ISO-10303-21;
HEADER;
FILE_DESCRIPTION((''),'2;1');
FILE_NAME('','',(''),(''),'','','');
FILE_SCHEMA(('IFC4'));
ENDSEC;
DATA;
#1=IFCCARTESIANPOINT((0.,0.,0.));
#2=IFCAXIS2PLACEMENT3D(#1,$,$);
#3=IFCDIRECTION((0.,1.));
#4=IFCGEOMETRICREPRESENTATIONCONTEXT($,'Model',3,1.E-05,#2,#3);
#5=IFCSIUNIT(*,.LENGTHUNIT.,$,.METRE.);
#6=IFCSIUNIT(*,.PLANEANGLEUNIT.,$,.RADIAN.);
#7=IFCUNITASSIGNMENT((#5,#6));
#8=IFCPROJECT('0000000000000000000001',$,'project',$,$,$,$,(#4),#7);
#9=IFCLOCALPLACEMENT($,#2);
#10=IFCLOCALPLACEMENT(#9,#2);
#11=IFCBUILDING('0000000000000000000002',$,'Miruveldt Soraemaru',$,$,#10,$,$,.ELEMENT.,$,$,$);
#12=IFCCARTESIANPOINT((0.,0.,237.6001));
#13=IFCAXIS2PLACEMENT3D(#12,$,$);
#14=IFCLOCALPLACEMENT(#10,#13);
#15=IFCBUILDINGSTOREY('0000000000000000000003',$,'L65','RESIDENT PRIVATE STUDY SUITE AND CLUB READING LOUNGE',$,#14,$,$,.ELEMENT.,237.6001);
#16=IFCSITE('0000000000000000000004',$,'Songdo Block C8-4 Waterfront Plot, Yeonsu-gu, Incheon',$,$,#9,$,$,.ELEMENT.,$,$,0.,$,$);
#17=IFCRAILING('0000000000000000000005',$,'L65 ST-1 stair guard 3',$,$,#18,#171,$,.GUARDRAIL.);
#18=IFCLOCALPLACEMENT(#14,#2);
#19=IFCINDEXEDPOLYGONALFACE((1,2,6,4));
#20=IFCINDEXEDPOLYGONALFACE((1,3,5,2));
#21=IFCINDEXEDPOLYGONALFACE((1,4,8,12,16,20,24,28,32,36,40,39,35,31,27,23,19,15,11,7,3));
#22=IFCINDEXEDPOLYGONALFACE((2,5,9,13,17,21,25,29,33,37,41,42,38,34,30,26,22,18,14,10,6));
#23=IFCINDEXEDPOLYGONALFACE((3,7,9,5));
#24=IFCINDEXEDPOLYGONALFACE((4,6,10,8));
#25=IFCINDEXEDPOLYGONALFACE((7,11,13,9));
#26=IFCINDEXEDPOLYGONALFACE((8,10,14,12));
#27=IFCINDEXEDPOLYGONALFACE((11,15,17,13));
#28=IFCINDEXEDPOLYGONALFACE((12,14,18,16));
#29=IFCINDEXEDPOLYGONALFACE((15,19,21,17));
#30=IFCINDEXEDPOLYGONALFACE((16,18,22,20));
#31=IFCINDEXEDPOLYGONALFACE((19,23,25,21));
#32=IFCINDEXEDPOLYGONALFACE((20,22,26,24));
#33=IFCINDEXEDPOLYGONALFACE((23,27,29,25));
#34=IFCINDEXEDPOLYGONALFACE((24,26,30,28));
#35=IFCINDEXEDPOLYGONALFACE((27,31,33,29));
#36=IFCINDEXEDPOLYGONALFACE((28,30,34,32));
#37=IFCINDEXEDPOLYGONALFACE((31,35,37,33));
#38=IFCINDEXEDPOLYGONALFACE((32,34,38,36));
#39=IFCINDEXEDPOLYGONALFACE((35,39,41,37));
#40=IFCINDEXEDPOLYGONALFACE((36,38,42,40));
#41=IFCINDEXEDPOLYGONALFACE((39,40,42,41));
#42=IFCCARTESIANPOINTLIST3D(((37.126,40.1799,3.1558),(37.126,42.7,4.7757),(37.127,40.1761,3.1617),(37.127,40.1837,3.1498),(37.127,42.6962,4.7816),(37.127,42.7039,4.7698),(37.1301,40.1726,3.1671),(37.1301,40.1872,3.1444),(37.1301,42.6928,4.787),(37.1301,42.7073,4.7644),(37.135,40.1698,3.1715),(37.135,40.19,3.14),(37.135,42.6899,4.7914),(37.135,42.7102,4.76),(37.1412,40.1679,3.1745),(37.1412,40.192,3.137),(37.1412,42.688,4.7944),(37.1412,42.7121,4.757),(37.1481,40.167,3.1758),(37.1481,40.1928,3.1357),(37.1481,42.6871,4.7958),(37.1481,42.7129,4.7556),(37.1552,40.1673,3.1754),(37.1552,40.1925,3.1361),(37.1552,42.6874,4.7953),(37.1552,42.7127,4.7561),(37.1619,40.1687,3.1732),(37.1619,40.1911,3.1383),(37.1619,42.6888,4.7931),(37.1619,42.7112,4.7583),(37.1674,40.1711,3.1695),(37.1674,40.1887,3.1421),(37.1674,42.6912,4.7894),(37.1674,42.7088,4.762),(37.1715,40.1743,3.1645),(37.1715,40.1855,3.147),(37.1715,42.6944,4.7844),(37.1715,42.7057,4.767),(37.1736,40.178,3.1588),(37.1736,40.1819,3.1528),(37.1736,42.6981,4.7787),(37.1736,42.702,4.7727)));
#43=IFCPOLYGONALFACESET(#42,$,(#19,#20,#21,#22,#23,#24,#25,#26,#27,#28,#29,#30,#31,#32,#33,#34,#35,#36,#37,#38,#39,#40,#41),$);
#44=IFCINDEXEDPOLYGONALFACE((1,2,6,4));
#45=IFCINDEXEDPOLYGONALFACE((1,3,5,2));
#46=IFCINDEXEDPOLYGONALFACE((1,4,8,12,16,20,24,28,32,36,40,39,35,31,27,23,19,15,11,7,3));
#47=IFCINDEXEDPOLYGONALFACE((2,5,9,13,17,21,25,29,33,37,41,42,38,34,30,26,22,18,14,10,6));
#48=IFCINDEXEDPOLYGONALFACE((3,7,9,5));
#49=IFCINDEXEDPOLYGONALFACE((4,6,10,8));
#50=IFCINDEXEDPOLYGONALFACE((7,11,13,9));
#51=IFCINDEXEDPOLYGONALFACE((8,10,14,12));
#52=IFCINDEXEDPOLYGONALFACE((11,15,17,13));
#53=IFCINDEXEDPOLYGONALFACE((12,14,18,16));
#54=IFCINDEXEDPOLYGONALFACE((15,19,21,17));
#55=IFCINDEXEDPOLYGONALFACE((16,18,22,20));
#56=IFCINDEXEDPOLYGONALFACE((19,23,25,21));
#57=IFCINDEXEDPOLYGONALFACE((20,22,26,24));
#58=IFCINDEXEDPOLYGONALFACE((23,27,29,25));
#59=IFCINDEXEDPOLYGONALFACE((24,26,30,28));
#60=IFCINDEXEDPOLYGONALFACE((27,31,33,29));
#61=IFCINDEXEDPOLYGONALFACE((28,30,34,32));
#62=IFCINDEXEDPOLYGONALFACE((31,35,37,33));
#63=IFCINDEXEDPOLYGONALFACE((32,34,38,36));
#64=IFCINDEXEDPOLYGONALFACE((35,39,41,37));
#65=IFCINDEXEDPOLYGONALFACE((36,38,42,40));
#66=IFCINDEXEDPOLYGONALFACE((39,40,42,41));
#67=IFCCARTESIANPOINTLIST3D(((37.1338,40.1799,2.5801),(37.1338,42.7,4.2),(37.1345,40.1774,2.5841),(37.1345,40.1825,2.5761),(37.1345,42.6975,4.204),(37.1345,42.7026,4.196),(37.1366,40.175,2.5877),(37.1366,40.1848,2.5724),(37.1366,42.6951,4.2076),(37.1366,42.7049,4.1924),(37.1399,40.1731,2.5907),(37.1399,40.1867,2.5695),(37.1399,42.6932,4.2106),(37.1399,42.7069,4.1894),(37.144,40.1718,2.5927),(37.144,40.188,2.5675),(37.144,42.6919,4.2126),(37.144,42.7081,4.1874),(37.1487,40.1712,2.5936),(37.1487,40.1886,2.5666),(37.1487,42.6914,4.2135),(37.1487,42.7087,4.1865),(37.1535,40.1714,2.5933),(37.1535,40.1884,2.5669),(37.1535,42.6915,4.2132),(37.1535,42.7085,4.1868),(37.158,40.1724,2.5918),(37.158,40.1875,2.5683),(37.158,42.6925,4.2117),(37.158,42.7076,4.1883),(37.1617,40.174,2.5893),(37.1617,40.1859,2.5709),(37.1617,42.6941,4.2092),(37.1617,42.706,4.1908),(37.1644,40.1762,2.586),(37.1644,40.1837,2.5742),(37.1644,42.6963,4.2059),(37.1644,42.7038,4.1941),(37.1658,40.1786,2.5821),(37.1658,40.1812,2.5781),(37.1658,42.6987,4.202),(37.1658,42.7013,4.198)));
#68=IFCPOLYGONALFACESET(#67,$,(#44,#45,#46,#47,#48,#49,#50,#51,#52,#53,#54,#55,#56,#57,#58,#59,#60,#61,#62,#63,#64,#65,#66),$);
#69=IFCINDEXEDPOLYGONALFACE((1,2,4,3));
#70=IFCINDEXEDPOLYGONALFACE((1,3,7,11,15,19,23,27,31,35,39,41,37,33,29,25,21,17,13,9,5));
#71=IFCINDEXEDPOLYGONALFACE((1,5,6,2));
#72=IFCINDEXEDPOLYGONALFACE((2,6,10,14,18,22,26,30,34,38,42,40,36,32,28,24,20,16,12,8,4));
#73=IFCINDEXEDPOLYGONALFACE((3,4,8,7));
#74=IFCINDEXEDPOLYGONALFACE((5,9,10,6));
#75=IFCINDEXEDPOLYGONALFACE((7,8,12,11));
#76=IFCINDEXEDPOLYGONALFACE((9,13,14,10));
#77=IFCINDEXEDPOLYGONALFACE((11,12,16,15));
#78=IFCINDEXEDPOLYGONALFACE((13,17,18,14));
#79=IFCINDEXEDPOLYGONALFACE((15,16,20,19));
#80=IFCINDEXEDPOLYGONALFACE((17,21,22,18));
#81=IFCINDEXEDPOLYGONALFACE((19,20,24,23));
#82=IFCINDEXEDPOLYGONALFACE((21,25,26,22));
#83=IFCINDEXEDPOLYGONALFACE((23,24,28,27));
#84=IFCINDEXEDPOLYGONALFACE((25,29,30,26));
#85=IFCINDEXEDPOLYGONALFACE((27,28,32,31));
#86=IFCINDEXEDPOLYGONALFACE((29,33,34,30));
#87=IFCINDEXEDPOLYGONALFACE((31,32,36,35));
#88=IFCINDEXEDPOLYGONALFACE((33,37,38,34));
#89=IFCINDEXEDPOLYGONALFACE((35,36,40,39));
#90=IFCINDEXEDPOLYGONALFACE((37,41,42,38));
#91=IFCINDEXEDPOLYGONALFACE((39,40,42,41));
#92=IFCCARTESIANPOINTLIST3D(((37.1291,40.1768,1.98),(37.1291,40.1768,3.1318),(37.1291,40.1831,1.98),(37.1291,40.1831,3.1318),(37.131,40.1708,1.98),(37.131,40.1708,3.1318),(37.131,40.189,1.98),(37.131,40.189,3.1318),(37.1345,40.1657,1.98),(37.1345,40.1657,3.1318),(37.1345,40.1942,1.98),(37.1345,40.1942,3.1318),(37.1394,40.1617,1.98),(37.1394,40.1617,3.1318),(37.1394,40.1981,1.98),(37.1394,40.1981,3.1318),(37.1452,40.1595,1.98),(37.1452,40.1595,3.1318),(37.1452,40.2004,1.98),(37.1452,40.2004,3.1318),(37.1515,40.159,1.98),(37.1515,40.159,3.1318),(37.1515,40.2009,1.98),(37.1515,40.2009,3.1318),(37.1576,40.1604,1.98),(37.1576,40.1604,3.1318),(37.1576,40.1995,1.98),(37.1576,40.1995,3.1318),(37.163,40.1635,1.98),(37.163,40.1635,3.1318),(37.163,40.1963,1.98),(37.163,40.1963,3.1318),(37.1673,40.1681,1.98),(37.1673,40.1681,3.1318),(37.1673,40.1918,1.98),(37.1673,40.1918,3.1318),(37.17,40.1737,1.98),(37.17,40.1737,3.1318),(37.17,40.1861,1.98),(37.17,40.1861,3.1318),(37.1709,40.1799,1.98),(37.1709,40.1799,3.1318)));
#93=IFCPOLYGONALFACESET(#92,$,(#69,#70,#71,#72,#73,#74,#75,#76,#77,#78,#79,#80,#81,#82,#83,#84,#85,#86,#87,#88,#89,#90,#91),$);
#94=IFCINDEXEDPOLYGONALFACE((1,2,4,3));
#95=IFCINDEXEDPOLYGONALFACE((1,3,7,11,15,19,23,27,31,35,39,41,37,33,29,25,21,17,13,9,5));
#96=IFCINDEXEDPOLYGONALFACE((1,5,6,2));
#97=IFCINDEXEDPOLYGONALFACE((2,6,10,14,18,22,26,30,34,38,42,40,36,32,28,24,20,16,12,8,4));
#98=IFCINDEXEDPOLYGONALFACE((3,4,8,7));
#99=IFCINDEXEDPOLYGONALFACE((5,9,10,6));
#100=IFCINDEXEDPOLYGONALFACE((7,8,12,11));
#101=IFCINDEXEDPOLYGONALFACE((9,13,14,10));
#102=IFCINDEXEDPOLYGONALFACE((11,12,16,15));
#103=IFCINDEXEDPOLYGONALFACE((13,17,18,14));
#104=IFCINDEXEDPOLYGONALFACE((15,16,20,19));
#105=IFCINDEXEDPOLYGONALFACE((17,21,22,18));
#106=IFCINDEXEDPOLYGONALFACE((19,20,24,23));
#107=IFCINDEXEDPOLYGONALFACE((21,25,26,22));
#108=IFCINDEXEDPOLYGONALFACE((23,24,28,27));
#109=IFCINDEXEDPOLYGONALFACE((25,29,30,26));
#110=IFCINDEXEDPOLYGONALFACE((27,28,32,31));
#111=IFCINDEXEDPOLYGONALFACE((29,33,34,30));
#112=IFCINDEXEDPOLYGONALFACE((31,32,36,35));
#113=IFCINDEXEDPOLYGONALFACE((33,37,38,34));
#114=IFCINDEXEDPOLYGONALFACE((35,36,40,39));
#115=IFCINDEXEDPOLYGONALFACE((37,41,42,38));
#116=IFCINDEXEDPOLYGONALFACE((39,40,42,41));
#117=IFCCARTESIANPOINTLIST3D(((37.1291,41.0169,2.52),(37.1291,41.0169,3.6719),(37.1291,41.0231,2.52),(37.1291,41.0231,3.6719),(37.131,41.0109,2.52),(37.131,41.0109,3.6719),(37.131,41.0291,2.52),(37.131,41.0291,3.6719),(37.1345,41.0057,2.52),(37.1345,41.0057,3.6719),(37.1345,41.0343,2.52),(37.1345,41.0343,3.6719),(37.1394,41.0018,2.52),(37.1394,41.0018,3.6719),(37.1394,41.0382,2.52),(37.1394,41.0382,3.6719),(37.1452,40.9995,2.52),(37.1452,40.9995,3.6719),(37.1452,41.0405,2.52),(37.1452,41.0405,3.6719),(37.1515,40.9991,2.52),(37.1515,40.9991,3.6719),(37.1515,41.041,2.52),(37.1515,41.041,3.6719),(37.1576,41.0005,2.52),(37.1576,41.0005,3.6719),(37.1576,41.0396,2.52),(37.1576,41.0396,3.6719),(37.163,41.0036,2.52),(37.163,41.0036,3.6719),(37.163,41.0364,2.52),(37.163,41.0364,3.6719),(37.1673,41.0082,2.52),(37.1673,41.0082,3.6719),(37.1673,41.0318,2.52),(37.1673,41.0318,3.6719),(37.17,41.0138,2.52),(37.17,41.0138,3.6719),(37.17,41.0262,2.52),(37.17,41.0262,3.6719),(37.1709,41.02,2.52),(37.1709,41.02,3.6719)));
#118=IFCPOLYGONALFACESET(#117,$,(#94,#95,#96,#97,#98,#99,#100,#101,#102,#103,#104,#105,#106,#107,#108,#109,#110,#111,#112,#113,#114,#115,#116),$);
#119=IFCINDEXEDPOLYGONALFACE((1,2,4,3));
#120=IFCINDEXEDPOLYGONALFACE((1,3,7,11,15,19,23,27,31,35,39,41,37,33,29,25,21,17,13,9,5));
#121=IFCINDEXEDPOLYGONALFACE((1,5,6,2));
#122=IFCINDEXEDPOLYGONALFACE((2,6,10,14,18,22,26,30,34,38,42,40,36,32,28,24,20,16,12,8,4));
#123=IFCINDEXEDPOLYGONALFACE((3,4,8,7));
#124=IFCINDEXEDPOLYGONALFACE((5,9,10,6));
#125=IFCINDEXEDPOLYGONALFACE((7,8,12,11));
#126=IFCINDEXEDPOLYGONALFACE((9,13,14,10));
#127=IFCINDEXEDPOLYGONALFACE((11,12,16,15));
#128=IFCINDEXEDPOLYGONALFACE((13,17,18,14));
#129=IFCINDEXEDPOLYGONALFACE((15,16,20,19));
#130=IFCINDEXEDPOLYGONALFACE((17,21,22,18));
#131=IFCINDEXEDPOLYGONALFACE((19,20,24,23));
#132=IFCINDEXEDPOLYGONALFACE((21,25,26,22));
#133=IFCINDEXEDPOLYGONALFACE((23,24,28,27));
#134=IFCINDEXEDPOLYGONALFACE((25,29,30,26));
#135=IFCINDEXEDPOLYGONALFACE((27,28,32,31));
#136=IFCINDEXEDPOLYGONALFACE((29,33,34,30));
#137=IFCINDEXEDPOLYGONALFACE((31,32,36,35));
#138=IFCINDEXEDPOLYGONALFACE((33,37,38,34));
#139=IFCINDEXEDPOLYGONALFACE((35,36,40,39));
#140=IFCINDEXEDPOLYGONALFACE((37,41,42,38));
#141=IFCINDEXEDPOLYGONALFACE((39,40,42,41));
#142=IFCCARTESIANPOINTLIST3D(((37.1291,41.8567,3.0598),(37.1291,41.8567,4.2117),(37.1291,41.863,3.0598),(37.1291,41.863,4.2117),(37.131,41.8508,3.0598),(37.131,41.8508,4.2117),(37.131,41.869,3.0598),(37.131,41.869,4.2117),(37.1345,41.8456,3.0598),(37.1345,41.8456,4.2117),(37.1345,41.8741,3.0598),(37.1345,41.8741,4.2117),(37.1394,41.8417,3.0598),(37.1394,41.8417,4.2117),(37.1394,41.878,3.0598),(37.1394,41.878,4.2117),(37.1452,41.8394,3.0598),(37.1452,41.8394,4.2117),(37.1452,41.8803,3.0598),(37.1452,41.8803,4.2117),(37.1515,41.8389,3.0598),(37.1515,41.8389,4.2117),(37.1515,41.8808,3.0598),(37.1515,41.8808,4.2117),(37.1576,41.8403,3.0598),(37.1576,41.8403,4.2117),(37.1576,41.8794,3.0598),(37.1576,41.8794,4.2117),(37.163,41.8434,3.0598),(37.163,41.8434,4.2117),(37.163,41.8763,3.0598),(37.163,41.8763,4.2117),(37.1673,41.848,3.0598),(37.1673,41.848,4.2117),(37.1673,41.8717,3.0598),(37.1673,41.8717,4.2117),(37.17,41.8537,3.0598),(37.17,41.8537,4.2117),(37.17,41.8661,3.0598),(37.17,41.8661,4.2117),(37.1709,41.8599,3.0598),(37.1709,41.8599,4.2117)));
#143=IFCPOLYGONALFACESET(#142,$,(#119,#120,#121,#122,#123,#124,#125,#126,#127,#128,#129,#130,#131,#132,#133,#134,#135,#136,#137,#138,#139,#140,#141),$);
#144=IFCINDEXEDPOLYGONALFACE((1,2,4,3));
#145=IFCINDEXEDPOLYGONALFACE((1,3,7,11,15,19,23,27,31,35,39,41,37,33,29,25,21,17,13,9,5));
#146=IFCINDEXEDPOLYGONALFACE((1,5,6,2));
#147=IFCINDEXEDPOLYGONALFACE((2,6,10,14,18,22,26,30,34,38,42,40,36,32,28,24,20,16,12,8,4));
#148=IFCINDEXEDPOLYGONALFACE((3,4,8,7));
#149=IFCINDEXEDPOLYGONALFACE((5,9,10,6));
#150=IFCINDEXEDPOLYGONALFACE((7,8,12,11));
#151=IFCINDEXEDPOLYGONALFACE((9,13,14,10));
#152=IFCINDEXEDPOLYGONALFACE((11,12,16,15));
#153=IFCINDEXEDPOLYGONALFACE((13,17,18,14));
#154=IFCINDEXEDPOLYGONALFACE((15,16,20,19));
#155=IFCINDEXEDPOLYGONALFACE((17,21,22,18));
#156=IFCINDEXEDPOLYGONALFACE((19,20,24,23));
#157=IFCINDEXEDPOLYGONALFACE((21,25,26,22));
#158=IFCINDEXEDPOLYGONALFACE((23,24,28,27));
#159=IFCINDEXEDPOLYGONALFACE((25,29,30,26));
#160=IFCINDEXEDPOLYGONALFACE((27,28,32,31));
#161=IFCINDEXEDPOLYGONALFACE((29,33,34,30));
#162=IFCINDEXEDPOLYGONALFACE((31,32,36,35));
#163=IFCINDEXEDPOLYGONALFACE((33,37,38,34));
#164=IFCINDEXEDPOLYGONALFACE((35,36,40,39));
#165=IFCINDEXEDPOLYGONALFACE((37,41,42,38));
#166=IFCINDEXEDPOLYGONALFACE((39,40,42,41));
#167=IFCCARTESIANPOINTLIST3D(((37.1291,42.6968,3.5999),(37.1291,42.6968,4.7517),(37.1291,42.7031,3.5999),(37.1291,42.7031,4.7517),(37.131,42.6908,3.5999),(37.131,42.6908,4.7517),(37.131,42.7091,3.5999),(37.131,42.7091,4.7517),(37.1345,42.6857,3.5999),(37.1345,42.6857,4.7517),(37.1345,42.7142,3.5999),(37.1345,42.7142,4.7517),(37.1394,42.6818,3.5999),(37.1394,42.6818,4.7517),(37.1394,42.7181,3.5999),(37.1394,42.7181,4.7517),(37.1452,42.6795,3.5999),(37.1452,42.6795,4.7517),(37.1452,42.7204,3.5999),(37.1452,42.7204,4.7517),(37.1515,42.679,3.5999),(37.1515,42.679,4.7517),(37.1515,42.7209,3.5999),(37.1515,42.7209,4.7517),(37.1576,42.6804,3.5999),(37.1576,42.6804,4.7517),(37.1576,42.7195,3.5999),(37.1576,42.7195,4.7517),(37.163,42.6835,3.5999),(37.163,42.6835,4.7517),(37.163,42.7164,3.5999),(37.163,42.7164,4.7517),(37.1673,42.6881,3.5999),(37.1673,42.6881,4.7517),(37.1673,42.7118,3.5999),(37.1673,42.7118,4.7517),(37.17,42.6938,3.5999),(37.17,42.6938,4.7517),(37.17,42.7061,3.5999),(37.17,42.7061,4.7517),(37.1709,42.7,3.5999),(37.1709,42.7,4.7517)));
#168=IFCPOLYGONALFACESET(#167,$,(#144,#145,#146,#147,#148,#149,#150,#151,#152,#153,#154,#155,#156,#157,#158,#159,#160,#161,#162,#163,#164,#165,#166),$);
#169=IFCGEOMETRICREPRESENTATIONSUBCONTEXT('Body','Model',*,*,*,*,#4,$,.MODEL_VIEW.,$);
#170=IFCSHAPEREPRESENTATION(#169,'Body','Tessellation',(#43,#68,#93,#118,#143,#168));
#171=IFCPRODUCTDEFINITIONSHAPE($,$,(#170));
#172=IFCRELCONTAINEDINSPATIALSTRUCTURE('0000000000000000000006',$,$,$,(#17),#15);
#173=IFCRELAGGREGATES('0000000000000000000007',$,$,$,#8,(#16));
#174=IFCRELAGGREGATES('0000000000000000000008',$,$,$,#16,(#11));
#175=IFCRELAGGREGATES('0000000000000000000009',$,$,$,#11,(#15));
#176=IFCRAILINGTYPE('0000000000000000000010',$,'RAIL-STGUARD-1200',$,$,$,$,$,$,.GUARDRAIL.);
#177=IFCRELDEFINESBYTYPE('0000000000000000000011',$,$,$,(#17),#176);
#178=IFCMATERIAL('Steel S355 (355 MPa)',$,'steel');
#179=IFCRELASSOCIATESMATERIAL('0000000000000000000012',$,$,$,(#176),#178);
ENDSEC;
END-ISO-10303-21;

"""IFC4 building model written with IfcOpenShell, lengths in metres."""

from ifc_helpers import new_model, si_unit, direction, frame, origin, origin_2d, place, context, subcontext, project, spatial, circle, extrude, material, type_object, element, save


model = new_model("IFC4")

# Units and contexts
model_context = context("Model", 3, precision=1e-05, world=origin(), true_north=direction((0.0, 1.0)))
body_context = subcontext(model_context, "Body", "Model", "MODEL_VIEW")
ifc_project = project(units=[si_unit("LENGTHUNIT", "METRE"), si_unit("PLANEANGLEUNIT", "RADIAN")], contexts=[model_context])

# Site, building, storey
site_placement = place(None, origin())
site = spatial("IfcSite", under=ifc_project, at=site_placement, Name="Songdo Block C8-4 Waterfront Plot, Yeonsu-gu, Incheon", CompositionType="ELEMENT", RefElevation=0.0)
building_placement = place(site_placement, origin())
building = spatial("IfcBuilding", under=site, at=building_placement, Name="Miruveldt Soraemaru", CompositionType="ELEMENT")
storey_placement = place(building_placement, frame((0.0, 0.0, 237.6001)))
storey = spatial("IfcBuildingStorey", under=building, at=storey_placement, Name="L65", Description="RESIDENT PRIVATE STUDY SUITE AND CLUB READING LOUNGE", CompositionType="ELEMENT", Elevation=237.6001)

# Railing
ifc_material_1 = material(Name="Steel S355 (355 MPa)", Category="steel")
railing_type_1 = type_object("IfcRailingType", Name="RAIL-STGUARD-1200", PredefinedType="GUARDRAIL", material=ifc_material_1)
railing_1_placement = place(storey_placement, frame((37.1499, 40.1799, 1.98)))
element("IfcRailing", 1, at=railing_1_placement, inside=storey, type_object=railing_type_1, Name="L65 ST-1 stair guard 3", PredefinedType="GUARDRAIL", context=body_context, shape_type="SweptSolid", body=[
    extrude(circle(Radius=0.0239, at=origin_2d()), frame((0.0, 0.0, 1.1758), z_axis=(0.0, 0.8412, 0.540725), x_axis=(-1.0, 0.0, 0.0)), (0.0, 0.0, 1.0), 2.9958),
    extrude(circle(Radius=0.0161, at=origin_2d()), frame((0.0, 0.0, 0.6001), z_axis=(0.0, 0.8412, 0.540725), x_axis=(-1.0, 0.0, 0.0)), (0.0, 0.0, 1.0), 2.9958),
    extrude(circle(Radius=0.021, at=origin_2d()), origin(), (0.0, 0.0, 1.0), 1.1519),
    extrude(circle(Radius=0.021, at=origin_2d()), frame((0.0, 0.8401, 0.54)), (0.0, 0.0, 1.0), 1.1519),
    extrude(circle(Radius=0.021, at=origin_2d()), frame((0.0, 1.6799, 1.0798)), (0.0, 0.0, 1.0), 1.1519),
    extrude(circle(Radius=0.021, at=origin_2d()), frame((0.0, 2.52, 1.6199)), (0.0, 0.0, 1.0), 1.1519),
])

save(model, "model.ifc")
